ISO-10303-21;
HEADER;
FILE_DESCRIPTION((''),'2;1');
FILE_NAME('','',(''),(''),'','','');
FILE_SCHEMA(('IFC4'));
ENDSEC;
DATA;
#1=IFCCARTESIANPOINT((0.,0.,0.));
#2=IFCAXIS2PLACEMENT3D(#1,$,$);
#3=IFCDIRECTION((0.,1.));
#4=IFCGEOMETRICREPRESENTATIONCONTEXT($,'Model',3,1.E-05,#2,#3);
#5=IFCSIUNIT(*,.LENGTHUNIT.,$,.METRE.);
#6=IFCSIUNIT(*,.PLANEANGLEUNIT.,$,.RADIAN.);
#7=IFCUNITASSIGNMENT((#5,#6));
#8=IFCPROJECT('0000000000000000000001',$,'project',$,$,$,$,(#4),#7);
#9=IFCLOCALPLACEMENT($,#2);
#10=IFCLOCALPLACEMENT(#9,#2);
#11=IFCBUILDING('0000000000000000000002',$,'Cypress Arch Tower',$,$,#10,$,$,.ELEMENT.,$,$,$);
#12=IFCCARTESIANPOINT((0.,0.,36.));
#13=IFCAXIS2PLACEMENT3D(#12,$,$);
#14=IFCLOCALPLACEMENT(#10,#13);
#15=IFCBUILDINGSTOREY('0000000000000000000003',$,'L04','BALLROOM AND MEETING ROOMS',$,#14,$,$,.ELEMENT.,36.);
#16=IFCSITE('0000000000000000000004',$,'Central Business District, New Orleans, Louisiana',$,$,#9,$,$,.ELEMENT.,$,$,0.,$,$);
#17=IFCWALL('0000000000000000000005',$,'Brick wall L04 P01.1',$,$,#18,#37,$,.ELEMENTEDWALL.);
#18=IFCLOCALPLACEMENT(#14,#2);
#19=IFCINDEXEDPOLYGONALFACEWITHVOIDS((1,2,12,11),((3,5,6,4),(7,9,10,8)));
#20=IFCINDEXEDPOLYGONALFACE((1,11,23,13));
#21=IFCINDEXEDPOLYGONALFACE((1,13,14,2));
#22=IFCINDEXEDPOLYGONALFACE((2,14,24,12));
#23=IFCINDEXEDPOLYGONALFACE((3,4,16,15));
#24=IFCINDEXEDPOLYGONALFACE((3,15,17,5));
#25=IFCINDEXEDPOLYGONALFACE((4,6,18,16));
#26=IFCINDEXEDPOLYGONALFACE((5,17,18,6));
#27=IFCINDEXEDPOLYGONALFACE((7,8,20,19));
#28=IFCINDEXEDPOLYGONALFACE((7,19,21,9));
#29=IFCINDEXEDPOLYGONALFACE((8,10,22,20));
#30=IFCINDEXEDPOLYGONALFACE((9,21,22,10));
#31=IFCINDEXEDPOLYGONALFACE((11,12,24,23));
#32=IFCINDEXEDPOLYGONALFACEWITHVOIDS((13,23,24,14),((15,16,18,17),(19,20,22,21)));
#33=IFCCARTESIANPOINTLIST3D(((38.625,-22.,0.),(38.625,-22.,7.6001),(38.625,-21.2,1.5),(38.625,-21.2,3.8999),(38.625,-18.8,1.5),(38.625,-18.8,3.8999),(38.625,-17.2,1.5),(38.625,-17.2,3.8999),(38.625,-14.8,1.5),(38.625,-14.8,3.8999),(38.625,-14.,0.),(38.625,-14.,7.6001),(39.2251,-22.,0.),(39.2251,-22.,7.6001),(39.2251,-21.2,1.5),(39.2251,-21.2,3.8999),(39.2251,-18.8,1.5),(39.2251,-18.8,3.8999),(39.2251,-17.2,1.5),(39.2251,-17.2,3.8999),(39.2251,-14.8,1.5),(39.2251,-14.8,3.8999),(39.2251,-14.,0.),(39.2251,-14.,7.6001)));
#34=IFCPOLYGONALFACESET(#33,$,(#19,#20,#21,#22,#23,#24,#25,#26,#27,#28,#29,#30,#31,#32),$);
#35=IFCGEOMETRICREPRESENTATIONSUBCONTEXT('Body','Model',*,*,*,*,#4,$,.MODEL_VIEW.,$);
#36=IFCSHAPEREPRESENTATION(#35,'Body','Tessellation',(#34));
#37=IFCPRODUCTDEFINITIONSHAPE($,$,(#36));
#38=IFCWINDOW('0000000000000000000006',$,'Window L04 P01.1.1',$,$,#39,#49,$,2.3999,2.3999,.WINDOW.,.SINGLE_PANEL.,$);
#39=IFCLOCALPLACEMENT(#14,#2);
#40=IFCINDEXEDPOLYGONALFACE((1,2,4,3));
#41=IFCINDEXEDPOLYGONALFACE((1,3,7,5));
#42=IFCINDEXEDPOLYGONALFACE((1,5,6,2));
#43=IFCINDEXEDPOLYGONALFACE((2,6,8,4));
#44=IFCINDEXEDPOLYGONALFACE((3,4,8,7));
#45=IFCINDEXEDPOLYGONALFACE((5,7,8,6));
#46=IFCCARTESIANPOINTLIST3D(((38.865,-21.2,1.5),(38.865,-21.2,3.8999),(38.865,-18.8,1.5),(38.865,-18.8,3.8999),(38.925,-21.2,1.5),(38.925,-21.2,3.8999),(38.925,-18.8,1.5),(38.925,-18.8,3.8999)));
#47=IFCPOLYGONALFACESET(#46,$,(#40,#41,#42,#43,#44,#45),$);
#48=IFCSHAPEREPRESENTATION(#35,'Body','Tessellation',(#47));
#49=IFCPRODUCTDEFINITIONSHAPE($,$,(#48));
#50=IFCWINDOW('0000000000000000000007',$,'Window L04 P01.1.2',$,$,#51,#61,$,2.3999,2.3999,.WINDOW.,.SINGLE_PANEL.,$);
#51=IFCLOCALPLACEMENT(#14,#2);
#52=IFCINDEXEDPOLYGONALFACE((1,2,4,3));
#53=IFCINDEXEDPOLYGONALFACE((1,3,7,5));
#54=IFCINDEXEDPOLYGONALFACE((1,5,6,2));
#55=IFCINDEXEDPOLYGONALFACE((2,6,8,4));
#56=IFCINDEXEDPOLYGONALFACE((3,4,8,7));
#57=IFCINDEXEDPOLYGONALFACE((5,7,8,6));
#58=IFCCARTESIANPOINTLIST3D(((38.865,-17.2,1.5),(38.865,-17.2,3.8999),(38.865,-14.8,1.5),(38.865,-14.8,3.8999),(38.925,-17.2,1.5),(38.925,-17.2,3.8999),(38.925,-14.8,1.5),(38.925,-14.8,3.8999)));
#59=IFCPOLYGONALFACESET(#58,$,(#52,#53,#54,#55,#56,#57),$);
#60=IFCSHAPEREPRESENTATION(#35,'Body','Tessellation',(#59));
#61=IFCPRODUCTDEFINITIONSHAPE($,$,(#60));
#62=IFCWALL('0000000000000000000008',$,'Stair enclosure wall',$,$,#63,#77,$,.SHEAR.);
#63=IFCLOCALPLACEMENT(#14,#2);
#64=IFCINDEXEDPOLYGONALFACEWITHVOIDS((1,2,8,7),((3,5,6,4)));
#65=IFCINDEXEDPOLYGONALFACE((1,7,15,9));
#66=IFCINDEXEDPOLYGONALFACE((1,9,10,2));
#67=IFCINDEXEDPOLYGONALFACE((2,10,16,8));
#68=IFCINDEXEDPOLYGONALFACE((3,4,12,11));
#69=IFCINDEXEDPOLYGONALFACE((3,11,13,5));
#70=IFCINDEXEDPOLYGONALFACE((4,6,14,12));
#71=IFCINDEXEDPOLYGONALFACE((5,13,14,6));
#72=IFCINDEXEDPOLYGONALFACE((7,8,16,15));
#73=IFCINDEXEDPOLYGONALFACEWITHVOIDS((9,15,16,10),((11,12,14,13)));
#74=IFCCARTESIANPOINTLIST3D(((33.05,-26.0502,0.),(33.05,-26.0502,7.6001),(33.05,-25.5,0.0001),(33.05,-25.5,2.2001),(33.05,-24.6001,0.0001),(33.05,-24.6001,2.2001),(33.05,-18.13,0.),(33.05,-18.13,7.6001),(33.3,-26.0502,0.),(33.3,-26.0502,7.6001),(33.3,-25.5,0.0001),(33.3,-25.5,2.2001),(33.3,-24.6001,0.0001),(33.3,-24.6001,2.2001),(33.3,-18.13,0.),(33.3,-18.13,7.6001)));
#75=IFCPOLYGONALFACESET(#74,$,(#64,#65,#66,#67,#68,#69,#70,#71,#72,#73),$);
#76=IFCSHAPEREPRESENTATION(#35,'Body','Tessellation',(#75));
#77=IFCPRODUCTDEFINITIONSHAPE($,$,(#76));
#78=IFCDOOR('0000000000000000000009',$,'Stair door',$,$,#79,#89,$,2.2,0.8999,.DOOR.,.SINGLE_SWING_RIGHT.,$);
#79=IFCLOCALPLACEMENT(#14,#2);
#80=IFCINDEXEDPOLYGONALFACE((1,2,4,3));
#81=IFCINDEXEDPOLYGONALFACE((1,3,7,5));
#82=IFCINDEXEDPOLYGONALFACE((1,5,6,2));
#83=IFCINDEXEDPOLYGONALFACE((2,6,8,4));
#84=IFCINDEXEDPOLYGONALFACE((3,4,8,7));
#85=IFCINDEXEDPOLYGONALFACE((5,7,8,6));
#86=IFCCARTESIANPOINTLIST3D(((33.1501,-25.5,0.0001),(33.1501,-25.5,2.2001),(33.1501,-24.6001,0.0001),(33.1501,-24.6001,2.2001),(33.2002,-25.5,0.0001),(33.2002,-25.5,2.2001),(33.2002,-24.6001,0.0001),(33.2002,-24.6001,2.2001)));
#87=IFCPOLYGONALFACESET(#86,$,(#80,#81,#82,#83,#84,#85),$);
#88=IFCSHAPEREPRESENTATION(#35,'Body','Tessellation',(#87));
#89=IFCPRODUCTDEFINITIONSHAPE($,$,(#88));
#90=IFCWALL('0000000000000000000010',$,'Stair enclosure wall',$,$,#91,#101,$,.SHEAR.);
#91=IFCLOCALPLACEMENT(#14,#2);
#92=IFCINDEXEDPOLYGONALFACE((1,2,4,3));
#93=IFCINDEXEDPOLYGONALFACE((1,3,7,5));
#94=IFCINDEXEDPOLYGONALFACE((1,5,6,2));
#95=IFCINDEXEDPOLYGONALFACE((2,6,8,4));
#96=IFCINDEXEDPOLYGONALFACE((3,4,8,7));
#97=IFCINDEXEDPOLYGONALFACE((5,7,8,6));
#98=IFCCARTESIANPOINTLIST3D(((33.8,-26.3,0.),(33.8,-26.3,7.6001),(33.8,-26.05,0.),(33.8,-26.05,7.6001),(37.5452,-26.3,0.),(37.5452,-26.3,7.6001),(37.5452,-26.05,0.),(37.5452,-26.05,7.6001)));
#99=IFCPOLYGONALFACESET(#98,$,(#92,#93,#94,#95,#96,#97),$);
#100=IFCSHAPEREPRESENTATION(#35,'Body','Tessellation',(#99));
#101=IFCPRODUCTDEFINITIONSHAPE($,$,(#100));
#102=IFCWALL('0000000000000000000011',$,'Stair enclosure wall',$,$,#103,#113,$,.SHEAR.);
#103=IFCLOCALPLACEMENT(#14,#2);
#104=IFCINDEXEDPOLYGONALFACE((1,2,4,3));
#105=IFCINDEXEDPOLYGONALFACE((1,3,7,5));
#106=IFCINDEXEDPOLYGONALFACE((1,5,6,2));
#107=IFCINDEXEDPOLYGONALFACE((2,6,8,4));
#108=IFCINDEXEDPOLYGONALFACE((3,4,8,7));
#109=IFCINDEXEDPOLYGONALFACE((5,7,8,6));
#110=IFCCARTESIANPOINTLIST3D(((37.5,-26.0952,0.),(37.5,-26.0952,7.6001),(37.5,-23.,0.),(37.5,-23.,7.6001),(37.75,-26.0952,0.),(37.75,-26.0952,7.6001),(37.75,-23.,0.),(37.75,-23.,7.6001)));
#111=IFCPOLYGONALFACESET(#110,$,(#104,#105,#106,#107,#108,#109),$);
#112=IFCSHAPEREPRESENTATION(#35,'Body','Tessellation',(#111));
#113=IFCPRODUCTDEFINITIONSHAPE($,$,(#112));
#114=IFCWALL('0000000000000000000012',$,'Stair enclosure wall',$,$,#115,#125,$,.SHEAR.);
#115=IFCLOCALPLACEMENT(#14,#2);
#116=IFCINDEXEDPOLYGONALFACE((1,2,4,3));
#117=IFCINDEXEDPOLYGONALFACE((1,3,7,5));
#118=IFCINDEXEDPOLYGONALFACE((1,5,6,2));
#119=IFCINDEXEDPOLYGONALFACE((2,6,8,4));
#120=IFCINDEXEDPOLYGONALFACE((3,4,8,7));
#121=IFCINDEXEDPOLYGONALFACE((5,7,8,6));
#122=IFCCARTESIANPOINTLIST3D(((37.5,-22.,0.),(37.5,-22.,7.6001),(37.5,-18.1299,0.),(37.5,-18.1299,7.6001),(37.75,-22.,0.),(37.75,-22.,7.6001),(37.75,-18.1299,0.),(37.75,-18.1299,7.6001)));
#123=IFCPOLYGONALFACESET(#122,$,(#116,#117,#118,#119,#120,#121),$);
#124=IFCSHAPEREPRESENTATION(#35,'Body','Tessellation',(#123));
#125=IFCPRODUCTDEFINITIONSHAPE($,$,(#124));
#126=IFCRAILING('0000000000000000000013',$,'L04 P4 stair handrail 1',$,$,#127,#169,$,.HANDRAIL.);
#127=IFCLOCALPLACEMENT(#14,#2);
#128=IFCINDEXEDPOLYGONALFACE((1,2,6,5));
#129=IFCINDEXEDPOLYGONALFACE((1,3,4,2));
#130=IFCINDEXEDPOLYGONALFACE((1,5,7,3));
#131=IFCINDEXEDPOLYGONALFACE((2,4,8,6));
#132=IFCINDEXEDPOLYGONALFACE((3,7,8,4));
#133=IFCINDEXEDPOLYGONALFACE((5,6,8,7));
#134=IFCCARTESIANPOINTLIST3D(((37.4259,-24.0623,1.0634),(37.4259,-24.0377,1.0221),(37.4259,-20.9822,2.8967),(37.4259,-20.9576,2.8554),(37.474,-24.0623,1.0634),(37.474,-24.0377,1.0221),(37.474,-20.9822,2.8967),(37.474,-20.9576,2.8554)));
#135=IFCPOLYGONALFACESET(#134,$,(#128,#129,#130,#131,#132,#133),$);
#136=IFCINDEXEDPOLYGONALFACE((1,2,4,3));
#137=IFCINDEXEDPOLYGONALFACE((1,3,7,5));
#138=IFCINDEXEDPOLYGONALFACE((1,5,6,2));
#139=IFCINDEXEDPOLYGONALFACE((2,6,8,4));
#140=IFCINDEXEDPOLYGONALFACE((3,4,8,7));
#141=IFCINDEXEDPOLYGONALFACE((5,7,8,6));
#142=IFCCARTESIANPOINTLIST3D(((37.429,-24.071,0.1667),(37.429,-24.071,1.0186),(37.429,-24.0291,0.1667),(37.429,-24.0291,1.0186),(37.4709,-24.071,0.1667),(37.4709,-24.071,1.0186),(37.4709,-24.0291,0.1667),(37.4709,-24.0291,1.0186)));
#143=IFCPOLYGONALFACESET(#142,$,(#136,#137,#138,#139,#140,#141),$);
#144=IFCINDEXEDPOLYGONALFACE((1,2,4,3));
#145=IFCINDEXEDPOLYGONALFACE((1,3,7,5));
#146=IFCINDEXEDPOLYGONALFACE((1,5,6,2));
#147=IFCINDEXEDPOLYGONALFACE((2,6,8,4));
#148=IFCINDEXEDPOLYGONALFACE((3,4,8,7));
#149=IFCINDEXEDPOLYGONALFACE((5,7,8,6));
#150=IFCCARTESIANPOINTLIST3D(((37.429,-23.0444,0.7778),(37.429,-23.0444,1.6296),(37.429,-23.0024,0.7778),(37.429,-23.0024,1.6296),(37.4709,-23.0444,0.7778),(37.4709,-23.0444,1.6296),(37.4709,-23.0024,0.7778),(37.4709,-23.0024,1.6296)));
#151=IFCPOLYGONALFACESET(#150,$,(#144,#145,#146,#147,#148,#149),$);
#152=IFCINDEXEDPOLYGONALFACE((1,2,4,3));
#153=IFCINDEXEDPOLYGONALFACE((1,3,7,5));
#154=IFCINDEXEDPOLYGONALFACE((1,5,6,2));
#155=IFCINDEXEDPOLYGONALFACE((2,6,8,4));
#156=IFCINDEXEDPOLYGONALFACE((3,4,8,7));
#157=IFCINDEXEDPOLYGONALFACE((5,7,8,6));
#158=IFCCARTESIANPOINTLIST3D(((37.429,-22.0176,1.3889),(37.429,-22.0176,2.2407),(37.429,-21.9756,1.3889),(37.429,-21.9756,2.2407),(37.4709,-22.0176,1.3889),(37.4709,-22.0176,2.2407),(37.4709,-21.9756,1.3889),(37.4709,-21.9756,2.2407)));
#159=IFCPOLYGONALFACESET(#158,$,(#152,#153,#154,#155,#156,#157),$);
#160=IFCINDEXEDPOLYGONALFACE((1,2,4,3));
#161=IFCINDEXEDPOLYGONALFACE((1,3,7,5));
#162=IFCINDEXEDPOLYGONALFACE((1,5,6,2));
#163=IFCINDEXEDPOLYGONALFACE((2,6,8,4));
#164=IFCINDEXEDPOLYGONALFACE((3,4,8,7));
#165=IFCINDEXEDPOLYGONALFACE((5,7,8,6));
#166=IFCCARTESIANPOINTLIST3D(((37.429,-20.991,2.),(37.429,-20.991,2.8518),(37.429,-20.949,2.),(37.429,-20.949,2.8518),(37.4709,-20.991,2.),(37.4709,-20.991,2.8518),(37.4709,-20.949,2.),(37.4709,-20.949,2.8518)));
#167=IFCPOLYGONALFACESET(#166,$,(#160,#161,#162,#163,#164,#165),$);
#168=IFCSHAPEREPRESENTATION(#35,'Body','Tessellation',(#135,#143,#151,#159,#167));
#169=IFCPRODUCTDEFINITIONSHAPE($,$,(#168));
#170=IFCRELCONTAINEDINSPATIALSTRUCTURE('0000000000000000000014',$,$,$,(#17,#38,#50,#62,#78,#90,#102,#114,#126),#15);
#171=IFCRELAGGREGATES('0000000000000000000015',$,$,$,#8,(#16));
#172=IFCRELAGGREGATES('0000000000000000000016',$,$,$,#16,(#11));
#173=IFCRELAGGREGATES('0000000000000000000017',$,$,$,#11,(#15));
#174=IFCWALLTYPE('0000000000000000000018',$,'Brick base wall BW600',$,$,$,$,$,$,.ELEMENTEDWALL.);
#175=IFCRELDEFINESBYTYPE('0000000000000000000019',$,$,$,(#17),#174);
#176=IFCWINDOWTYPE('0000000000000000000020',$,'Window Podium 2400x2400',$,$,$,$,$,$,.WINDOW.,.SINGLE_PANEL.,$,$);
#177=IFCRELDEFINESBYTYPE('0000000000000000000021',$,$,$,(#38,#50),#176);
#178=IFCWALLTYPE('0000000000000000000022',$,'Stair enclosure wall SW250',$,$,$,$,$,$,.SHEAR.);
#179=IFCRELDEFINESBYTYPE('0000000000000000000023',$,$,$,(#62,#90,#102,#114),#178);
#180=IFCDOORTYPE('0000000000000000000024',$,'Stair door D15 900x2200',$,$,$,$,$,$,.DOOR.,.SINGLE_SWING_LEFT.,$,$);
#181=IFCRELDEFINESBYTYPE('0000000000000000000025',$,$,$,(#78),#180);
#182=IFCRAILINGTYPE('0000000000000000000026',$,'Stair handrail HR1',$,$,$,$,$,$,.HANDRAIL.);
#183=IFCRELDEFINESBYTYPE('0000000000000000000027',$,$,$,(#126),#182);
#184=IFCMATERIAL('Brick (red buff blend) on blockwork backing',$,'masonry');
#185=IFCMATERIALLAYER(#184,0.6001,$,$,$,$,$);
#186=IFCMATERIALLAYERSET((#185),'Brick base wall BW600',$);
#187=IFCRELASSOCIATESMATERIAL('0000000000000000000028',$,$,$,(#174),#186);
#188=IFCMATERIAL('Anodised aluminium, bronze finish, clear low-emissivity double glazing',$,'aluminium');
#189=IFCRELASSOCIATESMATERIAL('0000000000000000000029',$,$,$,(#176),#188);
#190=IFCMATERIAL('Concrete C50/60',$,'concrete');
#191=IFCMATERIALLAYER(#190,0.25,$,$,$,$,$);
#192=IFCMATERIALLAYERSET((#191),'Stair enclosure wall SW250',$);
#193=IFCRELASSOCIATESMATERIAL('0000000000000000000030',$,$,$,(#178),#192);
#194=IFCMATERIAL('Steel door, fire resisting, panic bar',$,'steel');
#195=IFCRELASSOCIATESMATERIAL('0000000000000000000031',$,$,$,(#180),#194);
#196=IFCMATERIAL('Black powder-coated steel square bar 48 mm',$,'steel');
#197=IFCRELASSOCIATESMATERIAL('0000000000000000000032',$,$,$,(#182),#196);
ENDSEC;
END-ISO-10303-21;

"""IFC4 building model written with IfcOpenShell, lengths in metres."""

from ifc_helpers import new_model, si_unit, direction, frame, frame_2d, origin, origin_2d, place, context, subcontext, project, spatial, rectangle, extrude, material, layer, layer_set, type_object, element, fill, save


model = new_model("IFC4")

# Units and contexts
model_context = context("Model", 3, precision=1e-05, world=origin(), true_north=direction((0.0, 1.0)))
body_context = subcontext(model_context, "Body", "Model", "MODEL_VIEW")
ifc_project = project(units=[si_unit("LENGTHUNIT", "METRE"), si_unit("PLANEANGLEUNIT", "RADIAN")], contexts=[model_context])

# Site, building, storey
site_placement = place(None, origin())
site = spatial("IfcSite", under=ifc_project, at=site_placement, Name="Central Business District, New Orleans, Louisiana", CompositionType="ELEMENT", RefElevation=0.0)
building_placement = place(site_placement, origin())
building = spatial("IfcBuilding", under=site, at=building_placement, Name="Cypress Arch Tower", CompositionType="ELEMENT")
storey_placement = place(building_placement, frame((0.0, 0.0, 36.0)))
storey = spatial("IfcBuildingStorey", under=building, at=storey_placement, Name="L04", Description="BALLROOM AND MEETING ROOMS", CompositionType="ELEMENT", Elevation=36.0)

# Shared definitions
ifc_material_1 = material(Name="Brick (red buff blend) on blockwork backing", Category="masonry")
ifc_layer_1 = layer(ifc_material_1, 0.6001)
ifc_layer_set_1 = layer_set([ifc_layer_1], Name="Brick base wall BW600")
wall_type_1 = type_object("IfcWallType", Name="Brick base wall BW600", PredefinedType="ELEMENTEDWALL", material=ifc_layer_set_1)
ifc_material_2 = material(Name="Anodised aluminium, bronze finish, clear low-emissivity double glazing", Category="aluminium")
window_type_1 = type_object("IfcWindowType", Name="Window Podium 2400x2400", PartitioningType="SINGLE_PANEL", PredefinedType="WINDOW", material=ifc_material_2)

# Wall, openings, windows
wall_1_placement = place(storey_placement, frame((38.925, -22.0, 0.0), z_axis=(0.0, 0.0, 1.0), x_axis=(0.0, 1.0, 0.0)))
wall_1 = element("IfcWall", 1, at=wall_1_placement, inside=storey, type_object=wall_type_1, Name="Brick wall L04 P01.1", PredefinedType="ELEMENTEDWALL", context=body_context, shape_type="SweptSolid", body=[
    extrude(rectangle(XDim=8.0, YDim=0.6001, at=frame_2d((4.0, 0.0))), origin(), (0.0, 0.0, 1.0), 7.6001),
])
opening_1_placement = place(wall_1_placement, frame((0.8, 0.0, 1.5)))
opening_1 = element("IfcOpeningElement", 2, at=opening_1_placement, cuts=wall_1, PredefinedType="OPENING", context=body_context, shape_type="SweptSolid", body=[
    extrude(rectangle(XDim=2.3999, YDim=2.3999, at=frame_2d((1.2, 1.2))), frame((0.0, 0.3101, 0.0), z_axis=(0.0, -1.0, 0.0), x_axis=(1.0, 0.0, 0.0)), (0.0, 0.0, 1.0), 0.6201),
])
opening_2_placement = place(wall_1_placement, frame((4.8, 0.0, 1.5)))
opening_2 = element("IfcOpeningElement", 3, at=opening_2_placement, cuts=wall_1, PredefinedType="OPENING", context=body_context, shape_type="SweptSolid", body=[
    extrude(rectangle(XDim=2.3999, YDim=2.3999, at=frame_2d((1.2, 1.2))), frame((0.0, 0.3101, 0.0), z_axis=(0.0, -1.0, 0.0), x_axis=(1.0, 0.0, 0.0)), (0.0, 0.0, 1.0), 0.6201),
])
window_1_placement = place(opening_1_placement, origin())
window_1 = element("IfcWindow", 4, at=window_1_placement, inside=storey, type_object=window_type_1, Name="Window L04 P01.1.1", OverallHeight=2.3999, OverallWidth=2.3999, PartitioningType="SINGLE_PANEL", PredefinedType="WINDOW", context=body_context, shape_type="SweptSolid", body=[
    extrude(rectangle(XDim=2.3999, YDim=2.3999, at=frame_2d((1.2, 1.2))), frame((0.0, 0.0601, 0.0), z_axis=(0.0, -1.0, 0.0), x_axis=(1.0, 0.0, 0.0)), (0.0, 0.0, 1.0), 0.0601),
])
fill(opening_1, window_1)
window_2_placement = place(opening_2_placement, origin())
window_2 = element("IfcWindow", 5, at=window_2_placement, inside=storey, type_object=window_type_1, Name="Window L04 P01.1.2", OverallHeight=2.3999, OverallWidth=2.3999, PartitioningType="SINGLE_PANEL", PredefinedType="WINDOW", context=body_context, shape_type="SweptSolid", body=[
    extrude(rectangle(XDim=2.3999, YDim=2.3999, at=frame_2d((1.2, 1.2))), frame((0.0, 0.0601, 0.0), z_axis=(0.0, -1.0, 0.0), x_axis=(1.0, 0.0, 0.0)), (0.0, 0.0, 1.0), 0.0601),
])
fill(opening_2, window_2)

# Wall, opening, door
ifc_material_3 = material(Name="Concrete C50/60", Category="concrete")
ifc_layer_2 = layer(ifc_material_3, 0.25)
ifc_layer_set_2 = layer_set([ifc_layer_2], Name="Stair enclosure wall SW250")
wall_type_2 = type_object("IfcWallType", Name="Stair enclosure wall SW250", PredefinedType="SHEAR", material=ifc_layer_set_2)
wall_2_placement = place(storey_placement, frame((33.175, -26.05, 0.0), z_axis=(0.0, 0.0, 1.0), x_axis=(0.0, 1.0, 0.0)))
wall_2 = element("IfcWall", 6, at=wall_2_placement, inside=storey, type_object=wall_type_2, Name="Stair enclosure wall", PredefinedType="SHEAR", context=body_context, shape_type="SweptSolid", body=[
    extrude(rectangle(XDim=7.9202, YDim=0.25, at=frame_2d((3.96, 0.0))), origin(), (0.0, 0.0, 1.0), 7.6001),
])
opening_3_placement = place(wall_2_placement, frame((0.55, 0.0, 0.0)))
opening_3 = element("IfcOpeningElement", 7, at=opening_3_placement, cuts=wall_2, PredefinedType="OPENING", context=body_context, shape_type="SweptSolid", body=[
    extrude(rectangle(XDim=0.8999, YDim=2.2, at=frame_2d((0.45, 1.1001))), frame((0.0, 0.135, 0.0), z_axis=(0.0, -1.0, 0.0), x_axis=(1.0, 0.0, 0.0)), (0.0, 0.0, 1.0), 0.27),
])
ifc_material_4 = material(Name="Steel door, fire resisting, panic bar", Category="steel")
door_type = type_object("IfcDoorType", Name="Stair door D15 900x2200", OperationType="SINGLE_SWING_LEFT", PredefinedType="DOOR", material=ifc_material_4)
door_placement = place(opening_3_placement, origin())
door = element("IfcDoor", 8, at=door_placement, inside=storey, type_object=door_type, Name="Stair door", OperationType="SINGLE_SWING_RIGHT", OverallHeight=2.2, OverallWidth=0.8999, PredefinedType="DOOR", context=body_context, shape_type="SweptSolid", body=[
    extrude(rectangle(XDim=0.8999, YDim=2.2, at=frame_2d((0.45, 1.1001))), frame((0.0, 0.0249, 0.0), z_axis=(0.0, -1.0, 0.0), x_axis=(1.0, 0.0, 0.0)), (0.0, 0.0, 1.0), 0.05),
])
fill(opening_3, door)

# Walls
wall_3_placement = place(storey_placement, frame((33.8, -26.175, 0.0), z_axis=(0.0, 0.0, 1.0), x_axis=(1.0, 0.0, 0.0)))
element("IfcWall", 9, at=wall_3_placement, inside=storey, type_object=wall_type_2, Name="Stair enclosure wall", PredefinedType="SHEAR", context=body_context, shape_type="SweptSolid", body=[
    extrude(rectangle(XDim=3.7451, YDim=0.25, at=frame_2d((1.8726, 0.0))), origin(), (0.0, 0.0, 1.0), 7.6001),
])
wall_4_placement = place(storey_placement, frame((37.625, -26.0952, 0.0), z_axis=(0.0, 0.0, 1.0), x_axis=(0.0, 1.0, 0.0)))
element("IfcWall", 10, at=wall_4_placement, inside=storey, type_object=wall_type_2, Name="Stair enclosure wall", PredefinedType="SHEAR", context=body_context, shape_type="SweptSolid", body=[
    extrude(rectangle(XDim=3.0952, YDim=0.25, at=frame_2d((1.5476, 0.0))), origin(), (0.0, 0.0, 1.0), 7.6001),
])
wall_5_placement = place(storey_placement, frame((37.625, -22.0, 0.0), z_axis=(0.0, 0.0, 1.0), x_axis=(0.0, 1.0, 0.0)))
element("IfcWall", 11, at=wall_5_placement, inside=storey, type_object=wall_type_2, Name="Stair enclosure wall", PredefinedType="SHEAR", context=body_context, shape_type="SweptSolid", body=[
    extrude(rectangle(XDim=3.8701, YDim=0.25, at=frame_2d((1.9351, 0.0))), origin(), (0.0, 0.0, 1.0), 7.6001),
])

# Railing
ifc_material_5 = material(Name="Black powder-coated steel square bar 48 mm", Category="steel")
railing_type_1 = type_object("IfcRailingType", Name="Stair handrail HR1", PredefinedType="HANDRAIL", material=ifc_material_5)
railing_1_placement = place(storey_placement, frame((37.45, -24.05, 0.1667)))
element("IfcRailing", 12, at=railing_1_placement, inside=storey, type_object=railing_type_1, Name="L04 P4 stair handrail 1", PredefinedType="HANDRAIL", context=body_context, shape_type="SweptSolid", body=[
    extrude(rectangle(XDim=0.0481, YDim=0.0481, at=origin_2d()), frame((0.0, 0.0, 0.876), z_axis=(0.0, 0.859309, 0.511458), x_axis=(-1.0, 0.0, 0.0)), (0.0, 0.0, 1.0), 3.5845),
    extrude(rectangle(XDim=0.042, YDim=0.042, at=origin_2d()), origin(), (0.0, 0.0, 1.0), 0.8518),
    extrude(rectangle(XDim=0.042, YDim=0.042, at=origin_2d()), frame((0.0, 1.0266, 0.6111)), (0.0, 0.0, 1.0), 0.8518),
    extrude(rectangle(XDim=0.042, YDim=0.042, at=origin_2d()), frame((0.0, 2.0535, 1.2222)), (0.0, 0.0, 1.0), 0.8518),
    extrude(rectangle(XDim=0.042, YDim=0.042, at=origin_2d()), frame((0.0, 3.0801, 1.8333)), (0.0, 0.0, 1.0), 0.8518),
])

save(model, "model.ifc")
